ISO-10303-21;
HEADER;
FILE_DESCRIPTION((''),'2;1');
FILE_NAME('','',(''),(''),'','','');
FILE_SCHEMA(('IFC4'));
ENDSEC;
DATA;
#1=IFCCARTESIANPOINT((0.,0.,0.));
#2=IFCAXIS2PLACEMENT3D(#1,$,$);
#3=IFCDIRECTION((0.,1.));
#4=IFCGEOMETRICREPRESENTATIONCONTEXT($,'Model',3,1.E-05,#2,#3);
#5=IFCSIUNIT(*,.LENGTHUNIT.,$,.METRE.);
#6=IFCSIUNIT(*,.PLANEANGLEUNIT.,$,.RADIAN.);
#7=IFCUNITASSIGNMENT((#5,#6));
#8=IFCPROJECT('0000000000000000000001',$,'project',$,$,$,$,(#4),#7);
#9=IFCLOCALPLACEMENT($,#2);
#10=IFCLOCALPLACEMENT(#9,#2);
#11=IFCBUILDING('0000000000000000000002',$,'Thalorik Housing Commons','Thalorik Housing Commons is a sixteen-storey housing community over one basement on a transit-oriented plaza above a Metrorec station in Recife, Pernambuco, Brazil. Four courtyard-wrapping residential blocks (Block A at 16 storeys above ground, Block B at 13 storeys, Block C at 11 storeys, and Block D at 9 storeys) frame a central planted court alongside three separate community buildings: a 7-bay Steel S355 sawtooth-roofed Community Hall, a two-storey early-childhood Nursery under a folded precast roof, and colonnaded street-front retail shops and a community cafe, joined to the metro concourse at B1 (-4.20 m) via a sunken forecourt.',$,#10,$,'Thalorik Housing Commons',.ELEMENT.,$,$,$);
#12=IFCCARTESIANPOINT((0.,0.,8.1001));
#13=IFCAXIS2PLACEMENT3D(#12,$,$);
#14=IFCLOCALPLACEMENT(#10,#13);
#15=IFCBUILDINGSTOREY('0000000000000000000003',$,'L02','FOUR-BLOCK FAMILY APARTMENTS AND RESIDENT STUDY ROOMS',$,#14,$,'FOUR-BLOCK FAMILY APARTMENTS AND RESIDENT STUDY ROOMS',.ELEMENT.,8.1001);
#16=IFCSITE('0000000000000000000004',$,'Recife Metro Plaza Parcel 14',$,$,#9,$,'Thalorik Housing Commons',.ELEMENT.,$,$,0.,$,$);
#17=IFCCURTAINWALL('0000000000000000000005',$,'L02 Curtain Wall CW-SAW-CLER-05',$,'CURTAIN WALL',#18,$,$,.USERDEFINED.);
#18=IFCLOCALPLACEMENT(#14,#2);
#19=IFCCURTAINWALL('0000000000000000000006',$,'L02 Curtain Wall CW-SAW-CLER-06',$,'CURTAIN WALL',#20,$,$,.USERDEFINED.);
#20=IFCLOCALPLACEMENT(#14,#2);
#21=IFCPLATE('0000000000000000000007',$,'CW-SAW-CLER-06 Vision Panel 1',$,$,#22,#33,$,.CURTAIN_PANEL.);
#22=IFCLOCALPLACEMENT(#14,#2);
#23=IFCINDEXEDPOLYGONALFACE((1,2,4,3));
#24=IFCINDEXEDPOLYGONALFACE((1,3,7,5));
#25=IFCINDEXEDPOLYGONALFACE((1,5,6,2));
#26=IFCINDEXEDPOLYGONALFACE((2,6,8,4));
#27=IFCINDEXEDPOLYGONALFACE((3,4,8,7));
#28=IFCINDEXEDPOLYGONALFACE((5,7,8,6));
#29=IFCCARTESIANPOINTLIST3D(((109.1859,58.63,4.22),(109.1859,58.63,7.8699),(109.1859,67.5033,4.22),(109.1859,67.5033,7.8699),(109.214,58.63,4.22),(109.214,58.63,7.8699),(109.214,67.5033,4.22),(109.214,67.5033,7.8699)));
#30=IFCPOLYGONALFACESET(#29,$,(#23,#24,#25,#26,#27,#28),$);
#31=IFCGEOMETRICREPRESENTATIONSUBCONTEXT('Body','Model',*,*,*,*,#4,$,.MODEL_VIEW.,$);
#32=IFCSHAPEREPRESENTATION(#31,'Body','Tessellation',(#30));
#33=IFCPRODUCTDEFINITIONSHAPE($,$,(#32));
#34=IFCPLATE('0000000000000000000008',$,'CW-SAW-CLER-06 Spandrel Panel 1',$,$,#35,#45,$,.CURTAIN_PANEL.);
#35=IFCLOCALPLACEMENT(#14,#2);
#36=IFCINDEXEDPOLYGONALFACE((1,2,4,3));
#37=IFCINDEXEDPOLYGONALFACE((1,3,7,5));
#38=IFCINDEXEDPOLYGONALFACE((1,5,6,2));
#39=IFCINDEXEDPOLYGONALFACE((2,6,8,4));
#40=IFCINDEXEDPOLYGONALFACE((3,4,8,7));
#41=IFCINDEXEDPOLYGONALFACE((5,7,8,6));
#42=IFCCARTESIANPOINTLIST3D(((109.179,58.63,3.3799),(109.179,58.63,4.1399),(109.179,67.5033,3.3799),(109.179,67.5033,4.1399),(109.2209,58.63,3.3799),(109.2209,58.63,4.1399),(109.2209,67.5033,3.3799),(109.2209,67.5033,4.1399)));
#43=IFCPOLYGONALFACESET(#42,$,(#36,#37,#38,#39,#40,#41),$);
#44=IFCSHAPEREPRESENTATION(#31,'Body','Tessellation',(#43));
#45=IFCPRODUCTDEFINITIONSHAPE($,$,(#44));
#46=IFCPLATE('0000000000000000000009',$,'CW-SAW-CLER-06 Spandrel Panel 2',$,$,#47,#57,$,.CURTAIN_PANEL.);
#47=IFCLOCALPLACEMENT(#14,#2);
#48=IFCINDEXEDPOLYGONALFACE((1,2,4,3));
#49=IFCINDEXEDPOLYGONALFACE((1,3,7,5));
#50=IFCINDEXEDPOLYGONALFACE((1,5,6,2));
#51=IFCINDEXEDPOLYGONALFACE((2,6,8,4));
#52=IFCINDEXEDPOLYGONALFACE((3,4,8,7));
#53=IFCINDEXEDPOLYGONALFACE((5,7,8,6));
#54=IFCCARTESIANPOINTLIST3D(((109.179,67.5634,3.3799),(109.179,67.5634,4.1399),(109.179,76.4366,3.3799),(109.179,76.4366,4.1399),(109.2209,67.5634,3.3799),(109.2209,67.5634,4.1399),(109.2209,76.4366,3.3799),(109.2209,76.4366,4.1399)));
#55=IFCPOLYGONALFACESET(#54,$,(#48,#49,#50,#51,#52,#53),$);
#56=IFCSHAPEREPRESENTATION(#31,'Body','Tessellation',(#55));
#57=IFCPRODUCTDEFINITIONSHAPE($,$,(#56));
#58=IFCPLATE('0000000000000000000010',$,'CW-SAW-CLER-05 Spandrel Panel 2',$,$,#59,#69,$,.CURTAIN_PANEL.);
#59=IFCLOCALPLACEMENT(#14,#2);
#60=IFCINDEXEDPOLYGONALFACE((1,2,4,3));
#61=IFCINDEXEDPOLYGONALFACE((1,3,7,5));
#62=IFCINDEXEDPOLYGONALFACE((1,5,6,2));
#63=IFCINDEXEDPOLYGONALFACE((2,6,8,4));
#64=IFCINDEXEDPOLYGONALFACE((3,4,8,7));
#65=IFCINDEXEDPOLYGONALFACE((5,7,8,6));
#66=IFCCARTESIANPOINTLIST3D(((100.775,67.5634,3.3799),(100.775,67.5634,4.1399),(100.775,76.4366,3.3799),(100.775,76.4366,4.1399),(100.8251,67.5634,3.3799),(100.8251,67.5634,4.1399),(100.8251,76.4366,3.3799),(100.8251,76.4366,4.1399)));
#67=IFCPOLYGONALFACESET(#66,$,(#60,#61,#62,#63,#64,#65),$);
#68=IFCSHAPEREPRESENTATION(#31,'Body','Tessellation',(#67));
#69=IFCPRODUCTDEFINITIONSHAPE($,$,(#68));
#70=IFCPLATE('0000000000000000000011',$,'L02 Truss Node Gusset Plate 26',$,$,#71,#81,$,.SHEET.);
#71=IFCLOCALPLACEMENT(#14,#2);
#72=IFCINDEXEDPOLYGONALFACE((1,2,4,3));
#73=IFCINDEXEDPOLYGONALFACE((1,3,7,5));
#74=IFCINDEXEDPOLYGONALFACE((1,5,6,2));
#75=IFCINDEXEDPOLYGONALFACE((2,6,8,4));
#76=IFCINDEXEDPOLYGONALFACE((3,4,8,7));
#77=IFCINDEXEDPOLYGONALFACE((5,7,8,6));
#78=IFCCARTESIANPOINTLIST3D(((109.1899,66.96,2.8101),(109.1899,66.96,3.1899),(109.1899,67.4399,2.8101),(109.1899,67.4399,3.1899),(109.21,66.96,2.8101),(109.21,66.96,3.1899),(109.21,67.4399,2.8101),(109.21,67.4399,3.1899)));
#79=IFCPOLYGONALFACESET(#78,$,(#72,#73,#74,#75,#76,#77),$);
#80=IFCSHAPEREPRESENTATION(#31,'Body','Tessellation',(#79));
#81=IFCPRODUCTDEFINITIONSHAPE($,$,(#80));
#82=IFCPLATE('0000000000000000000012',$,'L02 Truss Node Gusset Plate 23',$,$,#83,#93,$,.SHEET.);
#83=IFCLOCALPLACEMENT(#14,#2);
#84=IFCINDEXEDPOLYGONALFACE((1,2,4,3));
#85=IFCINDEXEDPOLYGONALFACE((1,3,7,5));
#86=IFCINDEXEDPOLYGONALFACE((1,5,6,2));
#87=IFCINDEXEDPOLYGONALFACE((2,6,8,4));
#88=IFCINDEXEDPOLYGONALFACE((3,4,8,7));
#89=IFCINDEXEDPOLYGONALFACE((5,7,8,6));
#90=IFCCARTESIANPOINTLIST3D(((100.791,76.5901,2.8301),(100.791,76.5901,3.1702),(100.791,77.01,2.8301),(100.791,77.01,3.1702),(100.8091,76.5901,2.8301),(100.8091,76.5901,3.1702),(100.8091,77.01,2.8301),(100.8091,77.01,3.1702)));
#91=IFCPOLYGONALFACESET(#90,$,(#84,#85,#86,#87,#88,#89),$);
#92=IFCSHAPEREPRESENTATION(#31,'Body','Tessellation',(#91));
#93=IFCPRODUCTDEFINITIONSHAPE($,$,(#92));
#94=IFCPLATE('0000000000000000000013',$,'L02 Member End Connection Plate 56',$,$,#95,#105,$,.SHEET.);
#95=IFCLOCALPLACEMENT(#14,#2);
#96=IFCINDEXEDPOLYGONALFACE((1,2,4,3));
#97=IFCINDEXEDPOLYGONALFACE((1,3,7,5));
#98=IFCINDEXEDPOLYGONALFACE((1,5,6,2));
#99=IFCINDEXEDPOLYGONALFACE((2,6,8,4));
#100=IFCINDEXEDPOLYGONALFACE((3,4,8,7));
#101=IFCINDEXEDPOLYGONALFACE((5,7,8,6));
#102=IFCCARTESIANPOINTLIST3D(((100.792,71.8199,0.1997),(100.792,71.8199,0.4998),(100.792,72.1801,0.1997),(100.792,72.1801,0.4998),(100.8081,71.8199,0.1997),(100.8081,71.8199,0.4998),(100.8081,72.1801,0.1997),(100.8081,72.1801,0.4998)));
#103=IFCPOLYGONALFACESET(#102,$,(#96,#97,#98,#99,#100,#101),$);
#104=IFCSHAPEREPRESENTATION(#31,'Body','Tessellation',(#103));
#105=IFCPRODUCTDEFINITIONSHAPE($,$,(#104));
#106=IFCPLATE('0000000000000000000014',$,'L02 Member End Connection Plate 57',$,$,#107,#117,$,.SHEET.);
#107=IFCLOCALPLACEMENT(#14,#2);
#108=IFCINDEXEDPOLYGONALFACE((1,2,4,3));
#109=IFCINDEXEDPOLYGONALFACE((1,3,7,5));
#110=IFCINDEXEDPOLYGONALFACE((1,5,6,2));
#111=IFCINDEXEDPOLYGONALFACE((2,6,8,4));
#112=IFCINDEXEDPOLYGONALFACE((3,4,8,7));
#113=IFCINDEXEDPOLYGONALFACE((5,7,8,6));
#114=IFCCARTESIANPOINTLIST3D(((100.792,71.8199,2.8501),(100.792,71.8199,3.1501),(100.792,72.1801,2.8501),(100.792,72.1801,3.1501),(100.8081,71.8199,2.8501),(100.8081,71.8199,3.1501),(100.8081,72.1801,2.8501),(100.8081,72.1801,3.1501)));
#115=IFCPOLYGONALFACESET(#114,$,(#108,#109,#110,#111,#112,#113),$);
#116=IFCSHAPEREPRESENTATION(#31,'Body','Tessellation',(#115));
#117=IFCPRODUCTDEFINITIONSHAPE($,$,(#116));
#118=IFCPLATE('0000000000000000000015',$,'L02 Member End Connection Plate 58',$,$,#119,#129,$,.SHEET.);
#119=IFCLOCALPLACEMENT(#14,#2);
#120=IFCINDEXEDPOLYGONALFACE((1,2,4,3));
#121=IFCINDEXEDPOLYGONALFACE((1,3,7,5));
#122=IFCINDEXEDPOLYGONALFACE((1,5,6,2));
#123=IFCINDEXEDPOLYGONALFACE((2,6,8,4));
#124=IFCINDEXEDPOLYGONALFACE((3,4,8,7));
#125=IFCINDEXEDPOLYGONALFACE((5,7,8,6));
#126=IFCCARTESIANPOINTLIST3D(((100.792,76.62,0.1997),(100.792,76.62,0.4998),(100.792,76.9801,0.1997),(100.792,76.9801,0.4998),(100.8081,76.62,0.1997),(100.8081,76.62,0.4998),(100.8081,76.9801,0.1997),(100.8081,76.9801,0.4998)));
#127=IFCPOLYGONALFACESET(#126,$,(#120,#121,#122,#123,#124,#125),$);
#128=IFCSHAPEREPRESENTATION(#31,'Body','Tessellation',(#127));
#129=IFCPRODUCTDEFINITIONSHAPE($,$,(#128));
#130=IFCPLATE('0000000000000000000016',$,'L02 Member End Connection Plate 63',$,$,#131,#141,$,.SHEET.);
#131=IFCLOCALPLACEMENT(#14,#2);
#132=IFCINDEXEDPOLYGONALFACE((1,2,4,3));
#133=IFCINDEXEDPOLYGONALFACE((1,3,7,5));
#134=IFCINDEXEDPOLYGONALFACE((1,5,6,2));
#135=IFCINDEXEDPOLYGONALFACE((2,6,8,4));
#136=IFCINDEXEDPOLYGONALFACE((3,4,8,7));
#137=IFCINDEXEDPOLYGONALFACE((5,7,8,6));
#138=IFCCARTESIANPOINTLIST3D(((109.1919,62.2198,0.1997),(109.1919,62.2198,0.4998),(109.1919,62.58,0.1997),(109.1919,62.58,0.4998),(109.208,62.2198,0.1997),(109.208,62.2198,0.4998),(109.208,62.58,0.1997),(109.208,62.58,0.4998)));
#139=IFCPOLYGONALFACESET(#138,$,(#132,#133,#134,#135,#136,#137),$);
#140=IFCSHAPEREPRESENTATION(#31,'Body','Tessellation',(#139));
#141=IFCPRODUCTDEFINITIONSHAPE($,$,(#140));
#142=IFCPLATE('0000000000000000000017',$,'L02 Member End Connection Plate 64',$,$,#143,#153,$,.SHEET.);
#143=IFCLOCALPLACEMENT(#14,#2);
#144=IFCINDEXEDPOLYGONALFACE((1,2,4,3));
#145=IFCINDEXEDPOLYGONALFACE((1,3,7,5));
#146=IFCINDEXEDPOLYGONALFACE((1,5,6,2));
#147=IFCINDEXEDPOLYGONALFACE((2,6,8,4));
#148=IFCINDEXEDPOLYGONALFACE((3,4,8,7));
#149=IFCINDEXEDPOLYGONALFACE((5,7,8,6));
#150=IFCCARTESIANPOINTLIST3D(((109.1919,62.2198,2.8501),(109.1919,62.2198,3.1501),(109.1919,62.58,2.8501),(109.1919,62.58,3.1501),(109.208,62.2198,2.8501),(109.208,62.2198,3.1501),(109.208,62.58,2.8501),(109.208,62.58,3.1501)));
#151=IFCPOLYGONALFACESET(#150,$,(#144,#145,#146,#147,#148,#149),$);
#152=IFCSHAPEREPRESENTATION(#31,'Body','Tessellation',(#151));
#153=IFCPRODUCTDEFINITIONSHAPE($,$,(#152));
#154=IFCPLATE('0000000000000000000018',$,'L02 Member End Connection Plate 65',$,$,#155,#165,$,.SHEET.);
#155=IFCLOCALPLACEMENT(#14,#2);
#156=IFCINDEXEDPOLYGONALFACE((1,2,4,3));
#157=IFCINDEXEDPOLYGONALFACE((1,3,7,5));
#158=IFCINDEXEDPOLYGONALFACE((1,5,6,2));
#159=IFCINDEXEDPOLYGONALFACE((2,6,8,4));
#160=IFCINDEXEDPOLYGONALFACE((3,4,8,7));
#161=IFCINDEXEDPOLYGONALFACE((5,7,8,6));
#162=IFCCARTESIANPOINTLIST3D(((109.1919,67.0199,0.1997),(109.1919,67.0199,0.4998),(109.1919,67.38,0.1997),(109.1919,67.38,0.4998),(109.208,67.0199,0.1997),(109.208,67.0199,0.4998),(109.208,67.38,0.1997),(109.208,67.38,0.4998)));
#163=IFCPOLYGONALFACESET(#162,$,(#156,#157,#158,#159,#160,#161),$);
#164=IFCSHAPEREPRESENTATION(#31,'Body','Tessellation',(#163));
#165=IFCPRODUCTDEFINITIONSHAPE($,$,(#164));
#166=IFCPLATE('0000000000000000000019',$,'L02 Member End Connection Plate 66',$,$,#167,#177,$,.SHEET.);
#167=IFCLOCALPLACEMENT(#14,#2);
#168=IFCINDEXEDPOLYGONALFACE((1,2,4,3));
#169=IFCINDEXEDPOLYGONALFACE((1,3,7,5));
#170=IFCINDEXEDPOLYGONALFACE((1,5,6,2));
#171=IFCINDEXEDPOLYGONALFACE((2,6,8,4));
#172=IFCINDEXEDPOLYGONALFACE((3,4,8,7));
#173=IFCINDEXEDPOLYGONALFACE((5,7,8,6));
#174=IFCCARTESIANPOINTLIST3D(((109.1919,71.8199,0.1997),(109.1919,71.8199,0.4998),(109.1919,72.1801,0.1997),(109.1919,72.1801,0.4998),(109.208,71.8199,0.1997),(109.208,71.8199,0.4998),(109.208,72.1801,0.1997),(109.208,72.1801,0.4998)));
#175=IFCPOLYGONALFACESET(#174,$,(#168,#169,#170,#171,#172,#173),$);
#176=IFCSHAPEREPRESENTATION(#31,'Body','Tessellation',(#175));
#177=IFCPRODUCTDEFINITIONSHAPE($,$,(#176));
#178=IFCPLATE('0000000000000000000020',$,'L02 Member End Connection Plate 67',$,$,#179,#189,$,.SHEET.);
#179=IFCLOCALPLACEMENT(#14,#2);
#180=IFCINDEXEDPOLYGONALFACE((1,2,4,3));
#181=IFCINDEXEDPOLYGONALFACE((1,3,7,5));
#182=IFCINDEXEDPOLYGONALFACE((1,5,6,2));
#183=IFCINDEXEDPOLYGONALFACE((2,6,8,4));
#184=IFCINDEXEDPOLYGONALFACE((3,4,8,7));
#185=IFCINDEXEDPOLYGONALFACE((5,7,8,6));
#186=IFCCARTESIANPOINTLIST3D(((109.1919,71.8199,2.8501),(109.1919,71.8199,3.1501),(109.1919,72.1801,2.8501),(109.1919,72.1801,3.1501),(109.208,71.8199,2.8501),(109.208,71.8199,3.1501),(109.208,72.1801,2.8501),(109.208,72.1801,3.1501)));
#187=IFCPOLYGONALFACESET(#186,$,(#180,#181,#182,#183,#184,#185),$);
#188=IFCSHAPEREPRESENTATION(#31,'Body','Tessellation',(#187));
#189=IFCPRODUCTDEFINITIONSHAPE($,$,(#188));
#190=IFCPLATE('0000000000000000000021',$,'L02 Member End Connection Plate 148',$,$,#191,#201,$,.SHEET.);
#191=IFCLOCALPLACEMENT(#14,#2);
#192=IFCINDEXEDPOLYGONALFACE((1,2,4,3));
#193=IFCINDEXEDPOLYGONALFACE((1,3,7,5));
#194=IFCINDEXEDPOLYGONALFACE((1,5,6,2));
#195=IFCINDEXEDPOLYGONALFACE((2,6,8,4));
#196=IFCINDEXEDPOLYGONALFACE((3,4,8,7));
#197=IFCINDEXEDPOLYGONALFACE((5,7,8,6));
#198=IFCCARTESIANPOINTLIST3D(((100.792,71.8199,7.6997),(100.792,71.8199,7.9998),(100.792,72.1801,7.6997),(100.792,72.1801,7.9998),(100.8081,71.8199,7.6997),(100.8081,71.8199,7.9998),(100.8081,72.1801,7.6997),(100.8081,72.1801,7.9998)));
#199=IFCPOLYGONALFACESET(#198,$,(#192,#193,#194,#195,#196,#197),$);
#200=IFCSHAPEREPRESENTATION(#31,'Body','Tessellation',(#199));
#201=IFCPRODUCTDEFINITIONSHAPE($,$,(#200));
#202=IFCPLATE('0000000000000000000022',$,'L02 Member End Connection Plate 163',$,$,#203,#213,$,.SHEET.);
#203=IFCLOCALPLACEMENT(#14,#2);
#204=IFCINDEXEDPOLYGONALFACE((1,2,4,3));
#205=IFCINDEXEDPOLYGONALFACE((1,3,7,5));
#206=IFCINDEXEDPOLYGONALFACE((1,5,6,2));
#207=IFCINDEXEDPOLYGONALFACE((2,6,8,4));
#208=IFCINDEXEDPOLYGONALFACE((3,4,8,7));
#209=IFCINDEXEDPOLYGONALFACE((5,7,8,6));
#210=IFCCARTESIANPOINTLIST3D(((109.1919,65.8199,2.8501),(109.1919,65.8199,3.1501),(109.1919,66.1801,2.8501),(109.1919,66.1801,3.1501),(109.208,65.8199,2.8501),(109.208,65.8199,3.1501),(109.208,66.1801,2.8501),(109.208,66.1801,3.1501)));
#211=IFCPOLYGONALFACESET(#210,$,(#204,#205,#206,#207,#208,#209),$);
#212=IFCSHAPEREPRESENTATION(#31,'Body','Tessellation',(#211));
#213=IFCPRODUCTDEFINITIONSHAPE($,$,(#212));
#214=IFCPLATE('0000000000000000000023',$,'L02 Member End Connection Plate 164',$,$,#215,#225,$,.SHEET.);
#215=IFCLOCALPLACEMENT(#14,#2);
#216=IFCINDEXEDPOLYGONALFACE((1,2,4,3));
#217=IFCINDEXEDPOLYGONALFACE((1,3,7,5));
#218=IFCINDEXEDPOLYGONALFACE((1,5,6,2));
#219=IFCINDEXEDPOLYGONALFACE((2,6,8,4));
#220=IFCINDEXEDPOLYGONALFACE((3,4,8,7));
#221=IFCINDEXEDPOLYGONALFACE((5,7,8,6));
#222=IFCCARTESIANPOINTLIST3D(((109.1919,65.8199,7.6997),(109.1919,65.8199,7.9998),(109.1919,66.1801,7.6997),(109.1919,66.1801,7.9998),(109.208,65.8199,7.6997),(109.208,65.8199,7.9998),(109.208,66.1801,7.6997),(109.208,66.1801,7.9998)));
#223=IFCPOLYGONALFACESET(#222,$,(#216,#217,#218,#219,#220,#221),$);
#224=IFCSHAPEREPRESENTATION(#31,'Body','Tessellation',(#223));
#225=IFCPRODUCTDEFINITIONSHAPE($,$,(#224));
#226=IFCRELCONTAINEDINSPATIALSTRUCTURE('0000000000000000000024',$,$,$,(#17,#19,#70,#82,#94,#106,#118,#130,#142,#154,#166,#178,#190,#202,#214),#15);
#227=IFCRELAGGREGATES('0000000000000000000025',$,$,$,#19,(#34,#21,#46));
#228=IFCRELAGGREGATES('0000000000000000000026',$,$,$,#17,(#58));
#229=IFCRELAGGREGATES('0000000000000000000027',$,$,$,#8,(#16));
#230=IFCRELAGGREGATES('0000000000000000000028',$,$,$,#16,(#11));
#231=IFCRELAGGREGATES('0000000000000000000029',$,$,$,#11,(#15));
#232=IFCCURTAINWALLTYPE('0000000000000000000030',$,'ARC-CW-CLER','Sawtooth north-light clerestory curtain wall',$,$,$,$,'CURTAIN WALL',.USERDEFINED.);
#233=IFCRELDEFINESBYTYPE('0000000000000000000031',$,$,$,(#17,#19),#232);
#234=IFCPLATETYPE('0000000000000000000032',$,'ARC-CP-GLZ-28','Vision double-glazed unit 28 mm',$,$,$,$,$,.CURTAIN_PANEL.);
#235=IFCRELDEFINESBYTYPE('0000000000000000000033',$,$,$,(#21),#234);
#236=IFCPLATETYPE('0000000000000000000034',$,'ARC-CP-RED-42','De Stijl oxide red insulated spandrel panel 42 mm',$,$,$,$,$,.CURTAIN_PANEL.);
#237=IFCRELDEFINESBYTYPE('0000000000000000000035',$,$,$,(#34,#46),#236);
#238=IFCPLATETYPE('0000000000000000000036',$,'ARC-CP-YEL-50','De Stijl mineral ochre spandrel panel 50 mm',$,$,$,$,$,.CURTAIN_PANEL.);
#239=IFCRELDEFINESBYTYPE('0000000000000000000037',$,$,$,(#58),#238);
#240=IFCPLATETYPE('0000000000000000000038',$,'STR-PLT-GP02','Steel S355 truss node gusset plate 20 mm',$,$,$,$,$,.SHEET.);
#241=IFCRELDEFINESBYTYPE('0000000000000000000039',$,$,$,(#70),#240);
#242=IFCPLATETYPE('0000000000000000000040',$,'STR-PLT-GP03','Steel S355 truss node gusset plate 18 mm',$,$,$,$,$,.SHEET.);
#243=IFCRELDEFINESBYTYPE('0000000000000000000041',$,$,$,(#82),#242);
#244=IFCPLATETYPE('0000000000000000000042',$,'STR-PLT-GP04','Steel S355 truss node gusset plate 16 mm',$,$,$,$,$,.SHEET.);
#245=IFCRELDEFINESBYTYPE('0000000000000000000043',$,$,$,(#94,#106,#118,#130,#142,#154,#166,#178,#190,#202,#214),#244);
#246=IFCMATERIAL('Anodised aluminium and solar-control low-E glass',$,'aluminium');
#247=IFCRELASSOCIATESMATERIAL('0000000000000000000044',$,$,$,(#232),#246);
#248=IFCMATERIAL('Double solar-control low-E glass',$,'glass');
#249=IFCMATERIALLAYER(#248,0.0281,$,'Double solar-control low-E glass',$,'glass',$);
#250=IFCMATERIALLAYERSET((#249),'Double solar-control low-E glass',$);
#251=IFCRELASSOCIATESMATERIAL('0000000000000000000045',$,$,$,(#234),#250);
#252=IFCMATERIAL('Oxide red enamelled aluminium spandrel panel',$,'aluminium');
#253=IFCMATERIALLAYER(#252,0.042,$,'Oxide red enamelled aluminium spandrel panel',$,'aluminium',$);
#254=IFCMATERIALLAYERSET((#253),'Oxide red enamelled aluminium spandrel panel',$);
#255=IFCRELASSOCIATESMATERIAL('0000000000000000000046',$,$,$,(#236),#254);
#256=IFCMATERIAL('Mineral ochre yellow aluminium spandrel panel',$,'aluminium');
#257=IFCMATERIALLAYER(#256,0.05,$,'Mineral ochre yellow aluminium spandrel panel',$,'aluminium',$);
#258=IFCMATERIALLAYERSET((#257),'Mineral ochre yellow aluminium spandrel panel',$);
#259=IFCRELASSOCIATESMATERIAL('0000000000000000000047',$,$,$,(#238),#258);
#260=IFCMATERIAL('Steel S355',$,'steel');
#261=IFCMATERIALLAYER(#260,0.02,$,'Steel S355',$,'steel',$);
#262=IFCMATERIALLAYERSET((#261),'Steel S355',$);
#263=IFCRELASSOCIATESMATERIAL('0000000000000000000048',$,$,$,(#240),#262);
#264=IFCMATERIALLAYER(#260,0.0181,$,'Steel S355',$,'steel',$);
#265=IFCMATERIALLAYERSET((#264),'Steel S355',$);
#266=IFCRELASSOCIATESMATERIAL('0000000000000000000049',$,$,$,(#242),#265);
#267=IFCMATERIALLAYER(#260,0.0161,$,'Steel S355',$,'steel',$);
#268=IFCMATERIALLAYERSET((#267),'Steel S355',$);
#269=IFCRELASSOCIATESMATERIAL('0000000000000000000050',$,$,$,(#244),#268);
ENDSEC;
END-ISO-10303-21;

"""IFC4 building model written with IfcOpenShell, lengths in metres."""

from ifc_helpers import new_model, si_unit, direction, frame, origin, origin_2d, place, context, subcontext, project, spatial, rectangle, extrude, material, layer, layer_set, type_object, element, aggregate, save


model = new_model("IFC4")

# Units and contexts
model_context = context("Model", 3, precision=1e-05, world=origin(), true_north=direction((0.0, 1.0)))
body_context = subcontext(model_context, "Body", "Model", "MODEL_VIEW")
ifc_project = project(units=[si_unit("LENGTHUNIT", "METRE"), si_unit("PLANEANGLEUNIT", "RADIAN")], contexts=[model_context])

# Site, building, storey
site_placement = place(None, origin())
site = spatial("IfcSite", under=ifc_project, at=site_placement, Name="Recife Metro Plaza Parcel 14", LongName="Thalorik Housing Commons", CompositionType="ELEMENT", RefElevation=0.0)
building_placement = place(site_placement, origin())
building = spatial("IfcBuilding", under=site, at=building_placement, Name="Thalorik Housing Commons", Description="Thalorik Housing Commons is a sixteen-storey housing community over one basement on a transit-oriented plaza above a Metrorec station in Recife, Pernambuco, Brazil. Four courtyard-wrapping residential blocks (Block A at 16 storeys above ground, Block B at 13 storeys, Block C at 11 storeys, and Block D at 9 storeys) frame a central planted court alongside three separate community buildings: a 7-bay Steel S355 sawtooth-roofed Community Hall, a two-storey early-childhood Nursery under a folded precast roof, and colonnaded street-front retail shops and a community cafe, joined to the metro concourse at B1 (-4.20 m) via a sunken forecourt.", LongName="Thalorik Housing Commons", CompositionType="ELEMENT")
storey_placement = place(building_placement, frame((0.0, 0.0, 8.1001)))
storey = spatial("IfcBuildingStorey", under=building, at=storey_placement, Name="L02", Description="FOUR-BLOCK FAMILY APARTMENTS AND RESIDENT STUDY ROOMS", LongName="FOUR-BLOCK FAMILY APARTMENTS AND RESIDENT STUDY ROOMS", CompositionType="ELEMENT", Elevation=8.1001)

# Curtain walls
ifc_material_1 = material(Name="Anodised aluminium and solar-control low-E glass", Category="aluminium")
curtain_wall_type = type_object("IfcCurtainWallType", Name="ARC-CW-CLER", Description="Sawtooth north-light clerestory curtain wall", ElementType="CURTAIN WALL", PredefinedType="USERDEFINED", material=ifc_material_1)
curtain_wall_1_placement = place(storey_placement, origin())
curtain_wall_1 = element("IfcCurtainWall", 1, at=curtain_wall_1_placement, inside=storey, type_object=curtain_wall_type, Name="L02 Curtain Wall CW-SAW-CLER-05", ObjectType="CURTAIN WALL", PredefinedType="USERDEFINED")
curtain_wall_2_placement = place(storey_placement, origin())
curtain_wall_2 = element("IfcCurtainWall", 2, at=curtain_wall_2_placement, inside=storey, type_object=curtain_wall_type, Name="L02 Curtain Wall CW-SAW-CLER-06", ObjectType="CURTAIN WALL", PredefinedType="USERDEFINED")

# Shared definitions
ifc_material_2 = material(Name="Steel S355", Category="steel")

# Plates
ifc_material_3 = material(Name="Double solar-control low-E glass", Category="glass")
ifc_layer_1 = layer(ifc_material_3, 0.0281, Name="Double solar-control low-E glass", Category="glass")
ifc_layer_set_1 = layer_set([ifc_layer_1], Name="Double solar-control low-E glass")
plate_type_1 = type_object("IfcPlateType", Name="ARC-CP-GLZ-28", Description="Vision double-glazed unit 28 mm", PredefinedType="CURTAIN_PANEL", material=ifc_layer_set_1)
plate_1_placement = place(storey_placement, frame((109.2, 63.0667, 4.22), z_axis=(0.0, 0.0, 1.0), x_axis=(0.0, 1.0, 0.0)))
plate_1 = element("IfcPlate", 3, at=plate_1_placement, type_object=plate_type_1, Name="CW-SAW-CLER-06 Vision Panel 1", PredefinedType="CURTAIN_PANEL", context=body_context, shape_type="SweptSolid", body=[
    extrude(rectangle(XDim=8.8733, YDim=0.0281, at=origin_2d()), origin(), (0.0, 0.0, 1.0), 3.6499),
])
ifc_material_4 = material(Name="Oxide red enamelled aluminium spandrel panel", Category="aluminium")
ifc_layer_2 = layer(ifc_material_4, 0.042, Name="Oxide red enamelled aluminium spandrel panel", Category="aluminium")
ifc_layer_set_2 = layer_set([ifc_layer_2], Name="Oxide red enamelled aluminium spandrel panel")
plate_type_2 = type_object("IfcPlateType", Name="ARC-CP-RED-42", Description="De Stijl oxide red insulated spandrel panel 42 mm", PredefinedType="CURTAIN_PANEL", material=ifc_layer_set_2)
plate_2_placement = place(storey_placement, frame((109.2, 63.0667, 3.3799), z_axis=(0.0, 0.0, 1.0), x_axis=(0.0, 1.0, 0.0)))
plate_2 = element("IfcPlate", 4, at=plate_2_placement, type_object=plate_type_2, Name="CW-SAW-CLER-06 Spandrel Panel 1", PredefinedType="CURTAIN_PANEL", context=body_context, shape_type="SweptSolid", body=[
    extrude(rectangle(XDim=8.8733, YDim=0.042, at=origin_2d()), origin(), (0.0, 0.0, 1.0), 0.76),
])
plate_3_placement = place(storey_placement, frame((109.2, 72.0, 3.3799), z_axis=(0.0, 0.0, 1.0), x_axis=(0.0, 1.0, 0.0)))
plate_3 = element("IfcPlate", 5, at=plate_3_placement, type_object=plate_type_2, Name="CW-SAW-CLER-06 Spandrel Panel 2", PredefinedType="CURTAIN_PANEL", context=body_context, shape_type="SweptSolid", body=[
    extrude(rectangle(XDim=8.8733, YDim=0.042, at=origin_2d()), origin(), (0.0, 0.0, 1.0), 0.76),
])
aggregate(curtain_wall_2, [plate_2, plate_1, plate_3])
ifc_material_5 = material(Name="Mineral ochre yellow aluminium spandrel panel", Category="aluminium")
ifc_layer_3 = layer(ifc_material_5, 0.05, Name="Mineral ochre yellow aluminium spandrel panel", Category="aluminium")
ifc_layer_set_3 = layer_set([ifc_layer_3], Name="Mineral ochre yellow aluminium spandrel panel")
plate_type_3 = type_object("IfcPlateType", Name="ARC-CP-YEL-50", Description="De Stijl mineral ochre spandrel panel 50 mm", PredefinedType="CURTAIN_PANEL", material=ifc_layer_set_3)
plate_4_placement = place(storey_placement, frame((100.8, 72.0, 3.3799), z_axis=(0.0, 0.0, 1.0), x_axis=(0.0, 1.0, 0.0)))
plate_4 = element("IfcPlate", 6, at=plate_4_placement, type_object=plate_type_3, Name="CW-SAW-CLER-05 Spandrel Panel 2", PredefinedType="CURTAIN_PANEL", context=body_context, shape_type="SweptSolid", body=[
    extrude(rectangle(XDim=8.8733, YDim=0.05, at=origin_2d()), origin(), (0.0, 0.0, 1.0), 0.76),
])
aggregate(curtain_wall_1, [plate_4])

# Plates
ifc_layer_4 = layer(ifc_material_2, 0.02, Name="Steel S355", Category="steel")
ifc_layer_set_4 = layer_set([ifc_layer_4], Name="Steel S355")
plate_type_4 = type_object("IfcPlateType", Name="STR-PLT-GP02", Description="Steel S355 truss node gusset plate 20 mm", PredefinedType="SHEET", material=ifc_layer_set_4)
plate_5_placement = place(storey_placement, frame((109.2, 67.2, 2.8101), z_axis=(0.0, 0.0, 1.0), x_axis=(1.0, 0.0, 0.0)))
element("IfcPlate", 7, at=plate_5_placement, inside=storey, type_object=plate_type_4, Name="L02 Truss Node Gusset Plate 26", PredefinedType="SHEET", context=body_context, shape_type="SweptSolid", body=[
    extrude(rectangle(XDim=0.02, YDim=0.48, at=origin_2d()), origin(), (0.0, 0.0, 1.0), 0.3799),
])
ifc_layer_5 = layer(ifc_material_2, 0.0181, Name="Steel S355", Category="steel")
ifc_layer_set_5 = layer_set([ifc_layer_5], Name="Steel S355")
plate_type_5 = type_object("IfcPlateType", Name="STR-PLT-GP03", Description="Steel S355 truss node gusset plate 18 mm", PredefinedType="SHEET", material=ifc_layer_set_5)
plate_6_placement = place(storey_placement, frame((100.8, 76.8, 2.8301), z_axis=(0.0, 0.0, 1.0), x_axis=(1.0, 0.0, 0.0)))
element("IfcPlate", 8, at=plate_6_placement, inside=storey, type_object=plate_type_5, Name="L02 Truss Node Gusset Plate 23", PredefinedType="SHEET", context=body_context, shape_type="SweptSolid", body=[
    extrude(rectangle(XDim=0.0181, YDim=0.4199, at=origin_2d()), origin(), (0.0, 0.0, 1.0), 0.3401),
])
ifc_layer_6 = layer(ifc_material_2, 0.0161, Name="Steel S355", Category="steel")
ifc_layer_set_6 = layer_set([ifc_layer_6], Name="Steel S355")
plate_type_6 = type_object("IfcPlateType", Name="STR-PLT-GP04", Description="Steel S355 truss node gusset plate 16 mm", PredefinedType="SHEET", material=ifc_layer_set_6)
for number, where, z_axis, x_axis, name in (
    (9, (100.8, 72.0, 0.1997), (0.0, 0.0, 1.0), (1.0, 0.0, 0.0), "L02 Member End Connection Plate 56"),
    (10, (100.8, 72.0, 2.8501), (0.0, 0.0, 1.0), (1.0, 0.0, 0.0), "L02 Member End Connection Plate 57"),
    (11, (100.8, 76.8, 0.1997), (0.0, 0.0, 1.0), (1.0, 0.0, 0.0), "L02 Member End Connection Plate 58"),
    (12, (109.2, 62.3999, 0.1997), (0.0, 0.0, 1.0), (1.0, 0.0, 0.0), "L02 Member End Connection Plate 63"),
    (13, (109.2, 62.3999, 2.8501), (0.0, 0.0, 1.0), (1.0, 0.0, 0.0), "L02 Member End Connection Plate 64"),
    (14, (109.2, 67.2, 0.1997), (0.0, 0.0, 1.0), (1.0, 0.0, 0.0), "L02 Member End Connection Plate 65"),
    (15, (109.2, 72.0, 0.1997), (0.0, 0.0, 1.0), (1.0, 0.0, 0.0), "L02 Member End Connection Plate 66"),
    (16, (109.2, 72.0, 2.8501), (0.0, 0.0, 1.0), (1.0, 0.0, 0.0), "L02 Member End Connection Plate 67"),
    (17, (100.8, 72.0, 7.6997), (0.0, 0.0, 1.0), (1.0, 0.0, 0.0), "L02 Member End Connection Plate 148"),
    (18, (109.2, 66.0, 2.8501), (0.0, 0.0, 1.0), (1.0, 0.0, 0.0), "L02 Member End Connection Plate 163"),
    (19, (109.2, 66.0, 7.6997), (0.0, 0.0, 1.0), (1.0, 0.0, 0.0), "L02 Member End Connection Plate 164"),
):
    element("IfcPlate", number, at=place(storey_placement, frame(where, z_axis=z_axis, x_axis=x_axis)), inside=storey, type_object=plate_type_6, Name=name, PredefinedType="SHEET", context=body_context, shape_type="SweptSolid", body=[
        extrude(rectangle(XDim=0.0161, YDim=0.3601, at=origin_2d()), origin(), (0.0, 0.0, 1.0), 0.3),
    ])

save(model, "model.ifc")
